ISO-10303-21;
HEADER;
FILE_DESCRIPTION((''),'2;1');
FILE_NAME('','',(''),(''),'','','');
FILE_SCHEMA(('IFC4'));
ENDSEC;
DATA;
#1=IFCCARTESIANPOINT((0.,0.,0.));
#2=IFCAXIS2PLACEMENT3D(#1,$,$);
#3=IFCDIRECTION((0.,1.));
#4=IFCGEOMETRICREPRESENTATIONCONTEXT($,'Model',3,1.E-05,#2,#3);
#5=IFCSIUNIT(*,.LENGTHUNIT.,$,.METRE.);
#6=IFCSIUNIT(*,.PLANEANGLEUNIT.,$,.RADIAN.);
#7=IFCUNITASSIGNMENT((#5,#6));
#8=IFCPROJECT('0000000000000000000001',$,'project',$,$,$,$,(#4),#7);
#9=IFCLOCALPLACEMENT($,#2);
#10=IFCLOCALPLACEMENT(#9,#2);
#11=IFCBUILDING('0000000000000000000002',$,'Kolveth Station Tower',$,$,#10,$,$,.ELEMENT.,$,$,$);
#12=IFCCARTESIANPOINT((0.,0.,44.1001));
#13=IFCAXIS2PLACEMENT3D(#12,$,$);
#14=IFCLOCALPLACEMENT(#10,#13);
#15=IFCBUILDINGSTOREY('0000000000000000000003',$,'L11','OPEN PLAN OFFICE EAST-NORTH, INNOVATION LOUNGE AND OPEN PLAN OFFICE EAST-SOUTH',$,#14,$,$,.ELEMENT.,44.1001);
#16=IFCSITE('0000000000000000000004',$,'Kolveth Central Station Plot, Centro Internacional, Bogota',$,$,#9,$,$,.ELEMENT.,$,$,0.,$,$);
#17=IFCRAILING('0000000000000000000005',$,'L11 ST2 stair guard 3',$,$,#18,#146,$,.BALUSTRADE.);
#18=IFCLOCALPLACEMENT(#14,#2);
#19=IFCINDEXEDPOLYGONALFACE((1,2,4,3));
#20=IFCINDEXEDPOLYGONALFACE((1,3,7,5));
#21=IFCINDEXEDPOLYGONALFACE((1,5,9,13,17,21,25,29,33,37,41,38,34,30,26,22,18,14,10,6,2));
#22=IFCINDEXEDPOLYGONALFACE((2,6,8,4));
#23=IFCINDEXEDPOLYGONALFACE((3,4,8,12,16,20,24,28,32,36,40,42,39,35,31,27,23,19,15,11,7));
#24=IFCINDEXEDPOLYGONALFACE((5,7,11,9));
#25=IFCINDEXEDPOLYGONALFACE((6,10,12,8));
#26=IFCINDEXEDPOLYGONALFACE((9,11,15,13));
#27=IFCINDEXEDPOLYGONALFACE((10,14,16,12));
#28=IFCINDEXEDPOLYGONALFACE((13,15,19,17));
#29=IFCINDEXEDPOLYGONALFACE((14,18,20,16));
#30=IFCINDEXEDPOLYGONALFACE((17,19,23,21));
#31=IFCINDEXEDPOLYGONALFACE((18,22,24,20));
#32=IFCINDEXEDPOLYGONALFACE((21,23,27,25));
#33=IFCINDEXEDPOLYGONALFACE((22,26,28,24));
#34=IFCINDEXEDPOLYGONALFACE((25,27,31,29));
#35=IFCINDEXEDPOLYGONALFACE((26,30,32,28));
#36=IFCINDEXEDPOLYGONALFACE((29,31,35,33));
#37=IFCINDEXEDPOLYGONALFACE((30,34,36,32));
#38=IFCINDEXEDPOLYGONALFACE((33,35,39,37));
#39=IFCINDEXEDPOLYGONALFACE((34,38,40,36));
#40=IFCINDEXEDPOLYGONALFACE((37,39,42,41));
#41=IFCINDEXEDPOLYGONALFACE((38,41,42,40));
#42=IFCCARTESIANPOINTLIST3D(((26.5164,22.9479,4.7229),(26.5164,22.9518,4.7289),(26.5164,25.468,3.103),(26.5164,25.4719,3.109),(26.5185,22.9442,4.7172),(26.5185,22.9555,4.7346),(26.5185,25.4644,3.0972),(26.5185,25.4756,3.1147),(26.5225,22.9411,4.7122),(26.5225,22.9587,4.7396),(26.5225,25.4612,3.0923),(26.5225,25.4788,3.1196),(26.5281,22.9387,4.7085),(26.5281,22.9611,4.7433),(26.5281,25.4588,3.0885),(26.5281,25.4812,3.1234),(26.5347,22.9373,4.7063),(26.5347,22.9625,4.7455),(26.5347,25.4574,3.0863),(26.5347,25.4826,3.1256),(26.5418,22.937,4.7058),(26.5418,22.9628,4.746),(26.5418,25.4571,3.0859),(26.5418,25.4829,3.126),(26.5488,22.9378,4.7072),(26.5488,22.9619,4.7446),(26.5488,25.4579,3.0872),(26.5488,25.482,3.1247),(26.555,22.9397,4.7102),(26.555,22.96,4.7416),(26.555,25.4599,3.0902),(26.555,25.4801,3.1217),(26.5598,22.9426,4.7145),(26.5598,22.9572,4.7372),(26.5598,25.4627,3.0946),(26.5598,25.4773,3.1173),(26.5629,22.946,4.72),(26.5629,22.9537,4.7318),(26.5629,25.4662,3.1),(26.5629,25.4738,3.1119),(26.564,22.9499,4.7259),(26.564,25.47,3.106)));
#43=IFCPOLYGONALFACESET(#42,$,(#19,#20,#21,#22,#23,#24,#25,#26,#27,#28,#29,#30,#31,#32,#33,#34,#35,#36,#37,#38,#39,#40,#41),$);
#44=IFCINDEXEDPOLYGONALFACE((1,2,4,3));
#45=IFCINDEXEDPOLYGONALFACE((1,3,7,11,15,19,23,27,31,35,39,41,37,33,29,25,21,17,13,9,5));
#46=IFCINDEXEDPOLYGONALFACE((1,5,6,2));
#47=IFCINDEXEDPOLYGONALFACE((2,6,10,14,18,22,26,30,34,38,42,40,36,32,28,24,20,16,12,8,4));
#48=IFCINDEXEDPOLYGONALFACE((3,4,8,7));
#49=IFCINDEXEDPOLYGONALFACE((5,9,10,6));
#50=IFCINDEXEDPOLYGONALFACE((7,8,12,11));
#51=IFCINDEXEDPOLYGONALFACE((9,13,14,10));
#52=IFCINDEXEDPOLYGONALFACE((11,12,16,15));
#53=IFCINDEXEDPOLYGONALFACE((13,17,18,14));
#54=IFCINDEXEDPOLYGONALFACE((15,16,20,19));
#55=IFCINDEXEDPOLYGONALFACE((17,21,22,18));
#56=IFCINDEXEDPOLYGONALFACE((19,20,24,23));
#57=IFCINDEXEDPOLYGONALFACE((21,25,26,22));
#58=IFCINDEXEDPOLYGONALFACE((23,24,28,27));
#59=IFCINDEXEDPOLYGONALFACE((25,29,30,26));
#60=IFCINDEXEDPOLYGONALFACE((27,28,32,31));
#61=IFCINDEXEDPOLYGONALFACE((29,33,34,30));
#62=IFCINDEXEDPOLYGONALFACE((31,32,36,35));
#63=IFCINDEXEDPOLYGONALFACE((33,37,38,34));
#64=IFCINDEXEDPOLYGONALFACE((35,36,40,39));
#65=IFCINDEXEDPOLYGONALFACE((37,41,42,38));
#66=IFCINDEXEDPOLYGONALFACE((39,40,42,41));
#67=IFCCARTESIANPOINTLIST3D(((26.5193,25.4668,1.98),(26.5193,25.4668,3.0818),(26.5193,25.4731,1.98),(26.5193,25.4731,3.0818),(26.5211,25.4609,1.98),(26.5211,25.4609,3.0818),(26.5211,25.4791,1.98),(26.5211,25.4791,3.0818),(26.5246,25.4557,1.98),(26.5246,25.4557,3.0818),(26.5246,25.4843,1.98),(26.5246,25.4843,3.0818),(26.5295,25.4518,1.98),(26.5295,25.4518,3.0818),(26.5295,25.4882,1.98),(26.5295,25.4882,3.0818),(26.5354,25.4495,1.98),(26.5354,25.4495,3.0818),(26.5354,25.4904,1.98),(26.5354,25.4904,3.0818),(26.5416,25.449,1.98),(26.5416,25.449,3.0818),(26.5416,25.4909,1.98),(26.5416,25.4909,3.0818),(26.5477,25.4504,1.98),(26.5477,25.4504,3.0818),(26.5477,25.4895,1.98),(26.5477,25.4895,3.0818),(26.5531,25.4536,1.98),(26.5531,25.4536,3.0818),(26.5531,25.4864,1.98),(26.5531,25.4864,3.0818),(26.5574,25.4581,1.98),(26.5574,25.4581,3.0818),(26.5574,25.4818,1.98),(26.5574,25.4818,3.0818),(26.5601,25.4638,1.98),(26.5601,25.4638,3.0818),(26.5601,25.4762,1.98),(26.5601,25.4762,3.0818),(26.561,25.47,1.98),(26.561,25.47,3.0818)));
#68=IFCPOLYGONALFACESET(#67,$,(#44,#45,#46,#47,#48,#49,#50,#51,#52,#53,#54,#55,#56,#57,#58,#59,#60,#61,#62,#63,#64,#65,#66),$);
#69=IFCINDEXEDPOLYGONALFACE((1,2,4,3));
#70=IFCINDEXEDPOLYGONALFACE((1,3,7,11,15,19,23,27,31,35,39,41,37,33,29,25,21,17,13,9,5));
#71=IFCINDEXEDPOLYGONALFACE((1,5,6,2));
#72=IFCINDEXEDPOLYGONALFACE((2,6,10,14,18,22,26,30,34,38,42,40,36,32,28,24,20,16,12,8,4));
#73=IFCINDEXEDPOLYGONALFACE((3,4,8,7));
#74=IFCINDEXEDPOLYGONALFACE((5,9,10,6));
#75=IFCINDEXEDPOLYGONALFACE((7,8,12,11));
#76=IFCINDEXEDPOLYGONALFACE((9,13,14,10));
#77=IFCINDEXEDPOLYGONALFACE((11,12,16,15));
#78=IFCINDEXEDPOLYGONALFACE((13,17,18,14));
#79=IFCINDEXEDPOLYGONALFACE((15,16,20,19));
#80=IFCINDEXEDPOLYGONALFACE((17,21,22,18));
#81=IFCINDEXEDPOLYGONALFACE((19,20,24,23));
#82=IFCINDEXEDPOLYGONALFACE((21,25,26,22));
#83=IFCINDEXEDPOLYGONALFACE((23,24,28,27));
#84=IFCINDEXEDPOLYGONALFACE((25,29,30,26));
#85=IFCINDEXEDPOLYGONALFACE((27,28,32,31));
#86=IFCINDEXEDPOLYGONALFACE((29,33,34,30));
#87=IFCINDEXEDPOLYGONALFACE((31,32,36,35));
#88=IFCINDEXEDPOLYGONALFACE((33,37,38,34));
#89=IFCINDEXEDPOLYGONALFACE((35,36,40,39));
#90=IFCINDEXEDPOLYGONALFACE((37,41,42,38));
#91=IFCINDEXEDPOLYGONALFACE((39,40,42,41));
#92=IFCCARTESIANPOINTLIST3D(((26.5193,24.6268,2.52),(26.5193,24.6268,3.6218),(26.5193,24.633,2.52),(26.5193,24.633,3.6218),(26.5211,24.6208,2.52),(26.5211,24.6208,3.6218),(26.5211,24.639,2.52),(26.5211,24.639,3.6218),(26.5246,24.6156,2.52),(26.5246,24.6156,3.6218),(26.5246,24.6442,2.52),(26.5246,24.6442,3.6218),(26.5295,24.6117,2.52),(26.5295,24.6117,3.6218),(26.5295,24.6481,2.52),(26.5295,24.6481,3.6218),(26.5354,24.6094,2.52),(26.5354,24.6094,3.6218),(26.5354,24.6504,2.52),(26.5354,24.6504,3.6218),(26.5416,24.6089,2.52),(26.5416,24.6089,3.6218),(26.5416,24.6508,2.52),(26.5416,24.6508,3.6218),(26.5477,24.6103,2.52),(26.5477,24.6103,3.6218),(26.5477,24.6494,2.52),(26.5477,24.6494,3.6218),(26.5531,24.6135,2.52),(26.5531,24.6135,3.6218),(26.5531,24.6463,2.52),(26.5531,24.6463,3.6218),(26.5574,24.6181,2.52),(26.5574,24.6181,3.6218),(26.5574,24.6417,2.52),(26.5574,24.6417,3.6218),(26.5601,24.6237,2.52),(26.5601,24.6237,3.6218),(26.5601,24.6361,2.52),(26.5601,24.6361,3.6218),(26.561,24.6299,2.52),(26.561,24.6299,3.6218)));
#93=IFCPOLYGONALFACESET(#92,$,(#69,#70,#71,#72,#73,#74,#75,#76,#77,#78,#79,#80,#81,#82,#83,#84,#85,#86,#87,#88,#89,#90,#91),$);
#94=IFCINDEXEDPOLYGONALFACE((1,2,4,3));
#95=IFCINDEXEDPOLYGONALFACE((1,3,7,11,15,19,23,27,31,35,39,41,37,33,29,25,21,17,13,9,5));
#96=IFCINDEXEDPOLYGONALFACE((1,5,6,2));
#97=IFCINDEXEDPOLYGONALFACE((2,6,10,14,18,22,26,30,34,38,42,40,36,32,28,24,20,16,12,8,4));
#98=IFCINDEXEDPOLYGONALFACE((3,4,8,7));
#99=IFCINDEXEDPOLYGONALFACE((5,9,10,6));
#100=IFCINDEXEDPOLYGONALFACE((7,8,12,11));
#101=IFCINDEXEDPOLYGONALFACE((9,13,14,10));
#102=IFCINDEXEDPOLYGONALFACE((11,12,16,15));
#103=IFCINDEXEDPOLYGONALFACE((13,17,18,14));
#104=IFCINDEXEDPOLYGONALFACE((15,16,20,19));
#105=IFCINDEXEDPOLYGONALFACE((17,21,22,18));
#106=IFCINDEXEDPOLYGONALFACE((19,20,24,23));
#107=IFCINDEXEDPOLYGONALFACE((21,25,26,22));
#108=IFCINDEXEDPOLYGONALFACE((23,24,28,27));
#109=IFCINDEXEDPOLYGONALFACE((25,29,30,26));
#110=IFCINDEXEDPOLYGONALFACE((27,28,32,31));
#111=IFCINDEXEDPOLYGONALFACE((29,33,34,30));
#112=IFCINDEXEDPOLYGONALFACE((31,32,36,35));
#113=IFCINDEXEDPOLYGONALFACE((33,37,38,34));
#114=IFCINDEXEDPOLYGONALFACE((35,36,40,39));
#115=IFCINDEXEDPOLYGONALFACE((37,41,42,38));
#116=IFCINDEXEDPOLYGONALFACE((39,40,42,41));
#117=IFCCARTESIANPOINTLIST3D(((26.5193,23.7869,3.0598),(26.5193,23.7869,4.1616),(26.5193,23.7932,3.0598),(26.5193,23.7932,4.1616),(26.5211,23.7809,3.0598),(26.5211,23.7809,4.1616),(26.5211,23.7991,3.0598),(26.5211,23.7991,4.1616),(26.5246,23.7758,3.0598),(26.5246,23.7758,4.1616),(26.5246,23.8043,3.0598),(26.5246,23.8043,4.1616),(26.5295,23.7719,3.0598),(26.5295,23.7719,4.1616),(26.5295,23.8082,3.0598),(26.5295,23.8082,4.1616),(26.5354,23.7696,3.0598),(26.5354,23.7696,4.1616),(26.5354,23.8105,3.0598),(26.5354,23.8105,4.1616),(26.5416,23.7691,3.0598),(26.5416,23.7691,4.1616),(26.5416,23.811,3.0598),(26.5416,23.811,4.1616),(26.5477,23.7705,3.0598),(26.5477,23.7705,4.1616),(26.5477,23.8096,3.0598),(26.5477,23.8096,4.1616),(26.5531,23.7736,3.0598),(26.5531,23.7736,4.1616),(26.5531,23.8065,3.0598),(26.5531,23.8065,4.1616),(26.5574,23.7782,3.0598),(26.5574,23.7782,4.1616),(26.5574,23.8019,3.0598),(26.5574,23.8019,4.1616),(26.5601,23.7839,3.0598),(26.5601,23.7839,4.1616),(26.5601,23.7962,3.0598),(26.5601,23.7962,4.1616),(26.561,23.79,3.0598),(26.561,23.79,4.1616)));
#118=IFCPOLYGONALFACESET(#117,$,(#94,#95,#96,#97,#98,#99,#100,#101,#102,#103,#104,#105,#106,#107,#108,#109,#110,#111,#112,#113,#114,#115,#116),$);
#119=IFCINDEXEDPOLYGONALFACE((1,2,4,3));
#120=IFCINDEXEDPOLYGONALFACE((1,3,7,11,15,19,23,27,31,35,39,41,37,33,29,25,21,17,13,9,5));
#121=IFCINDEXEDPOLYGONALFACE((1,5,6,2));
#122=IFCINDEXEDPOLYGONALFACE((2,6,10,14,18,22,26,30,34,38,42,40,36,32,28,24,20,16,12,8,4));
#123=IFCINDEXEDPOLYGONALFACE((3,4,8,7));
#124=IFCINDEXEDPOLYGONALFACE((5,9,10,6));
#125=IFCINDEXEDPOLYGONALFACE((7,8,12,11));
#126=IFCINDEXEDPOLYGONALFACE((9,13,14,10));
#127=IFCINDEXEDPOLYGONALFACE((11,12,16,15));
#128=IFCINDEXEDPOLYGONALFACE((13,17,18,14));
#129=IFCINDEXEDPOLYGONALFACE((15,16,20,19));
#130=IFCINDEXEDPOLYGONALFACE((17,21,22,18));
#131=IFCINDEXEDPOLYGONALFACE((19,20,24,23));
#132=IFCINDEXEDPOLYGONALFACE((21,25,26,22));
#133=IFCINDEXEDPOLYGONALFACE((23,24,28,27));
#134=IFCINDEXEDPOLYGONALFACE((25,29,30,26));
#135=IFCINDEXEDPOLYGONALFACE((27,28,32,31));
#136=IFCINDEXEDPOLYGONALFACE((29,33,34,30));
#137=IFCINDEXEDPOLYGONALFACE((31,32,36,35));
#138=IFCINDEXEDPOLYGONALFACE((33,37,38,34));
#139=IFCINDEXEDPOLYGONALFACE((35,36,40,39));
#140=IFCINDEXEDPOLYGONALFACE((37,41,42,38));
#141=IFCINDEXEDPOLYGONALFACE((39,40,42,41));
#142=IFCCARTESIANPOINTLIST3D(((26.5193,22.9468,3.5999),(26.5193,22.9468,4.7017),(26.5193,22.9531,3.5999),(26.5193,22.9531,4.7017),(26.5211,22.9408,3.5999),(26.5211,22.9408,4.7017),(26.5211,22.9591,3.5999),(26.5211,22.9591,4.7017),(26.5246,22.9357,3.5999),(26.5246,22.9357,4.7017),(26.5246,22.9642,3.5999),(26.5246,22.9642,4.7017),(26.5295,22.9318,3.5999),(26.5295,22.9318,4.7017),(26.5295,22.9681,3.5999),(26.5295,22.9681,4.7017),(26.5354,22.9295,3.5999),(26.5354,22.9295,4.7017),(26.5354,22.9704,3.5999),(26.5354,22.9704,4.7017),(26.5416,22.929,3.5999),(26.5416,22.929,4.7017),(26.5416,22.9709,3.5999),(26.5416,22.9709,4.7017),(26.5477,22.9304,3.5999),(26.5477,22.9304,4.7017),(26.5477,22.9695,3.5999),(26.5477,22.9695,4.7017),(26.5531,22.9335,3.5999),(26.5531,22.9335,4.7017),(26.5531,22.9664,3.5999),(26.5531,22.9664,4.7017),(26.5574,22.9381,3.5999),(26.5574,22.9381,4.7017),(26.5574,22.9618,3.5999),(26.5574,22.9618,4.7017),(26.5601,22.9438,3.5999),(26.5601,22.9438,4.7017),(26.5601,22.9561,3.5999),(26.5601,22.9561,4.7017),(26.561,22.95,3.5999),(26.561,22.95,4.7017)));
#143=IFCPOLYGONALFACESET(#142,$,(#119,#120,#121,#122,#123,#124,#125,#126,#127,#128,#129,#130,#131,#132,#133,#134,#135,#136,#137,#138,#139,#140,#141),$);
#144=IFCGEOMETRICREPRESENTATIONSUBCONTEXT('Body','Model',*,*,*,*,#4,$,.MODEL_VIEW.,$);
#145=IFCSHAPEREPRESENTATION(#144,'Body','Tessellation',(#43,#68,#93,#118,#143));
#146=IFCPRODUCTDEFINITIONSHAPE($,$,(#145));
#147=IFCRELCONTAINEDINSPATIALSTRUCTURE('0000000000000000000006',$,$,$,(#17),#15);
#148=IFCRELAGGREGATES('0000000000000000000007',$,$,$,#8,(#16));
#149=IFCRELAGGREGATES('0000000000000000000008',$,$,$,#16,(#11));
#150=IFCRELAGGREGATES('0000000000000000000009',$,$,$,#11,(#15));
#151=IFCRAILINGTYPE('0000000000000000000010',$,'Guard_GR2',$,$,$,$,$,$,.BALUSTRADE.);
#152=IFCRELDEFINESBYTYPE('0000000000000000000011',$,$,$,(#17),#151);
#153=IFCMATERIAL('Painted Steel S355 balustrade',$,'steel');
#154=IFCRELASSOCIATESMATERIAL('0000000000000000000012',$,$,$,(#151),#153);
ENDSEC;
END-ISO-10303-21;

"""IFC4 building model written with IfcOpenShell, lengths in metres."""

from ifc_helpers import new_model, si_unit, direction, frame, origin, origin_2d, place, context, subcontext, project, spatial, circle, extrude, material, type_object, element, save


model = new_model("IFC4")

# Units and contexts
model_context = context("Model", 3, precision=1e-05, world=origin(), true_north=direction((0.0, 1.0)))
body_context = subcontext(model_context, "Body", "Model", "MODEL_VIEW")
ifc_project = project(units=[si_unit("LENGTHUNIT", "METRE"), si_unit("PLANEANGLEUNIT", "RADIAN")], contexts=[model_context])

# Site, building, storey
site_placement = place(None, origin())
site = spatial("IfcSite", under=ifc_project, at=site_placement, Name="Kolveth Central Station Plot, Centro Internacional, Bogota", CompositionType="ELEMENT", RefElevation=0.0)
building_placement = place(site_placement, origin())
building = spatial("IfcBuilding", under=site, at=building_placement, Name="Kolveth Station Tower", CompositionType="ELEMENT")
storey_placement = place(building_placement, frame((0.0, 0.0, 44.1001)))
storey = spatial("IfcBuildingStorey", under=building, at=storey_placement, Name="L11", Description="OPEN PLAN OFFICE EAST-NORTH, INNOVATION LOUNGE AND OPEN PLAN OFFICE EAST-SOUTH", CompositionType="ELEMENT", Elevation=44.1001)

# Railing
ifc_material_1 = material(Name="Painted Steel S355 balustrade", Category="steel")
railing_type_1 = type_object("IfcRailingType", Name="Guard_GR2", PredefinedType="BALUSTRADE", material=ifc_material_1)
railing_1_placement = place(storey_placement, frame((26.54, 25.47, 1.98)))
element("IfcRailing", 1, at=railing_1_placement, inside=storey, type_object=railing_type_1, Name="L11 ST2 stair guard 3", PredefinedType="BALUSTRADE", context=body_context, shape_type="SweptSolid", body=[
    extrude(circle(Radius=0.0239, at=origin_2d()), frame((0.0, 0.0, 1.126), z_axis=(0.0, -0.8412, 0.540725), x_axis=(1.0, 0.0, 0.0)), (0.0, 0.0, 1.0), 2.9958),
    extrude(circle(Radius=0.021, at=origin_2d()), origin(), (0.0, 0.0, 1.0), 1.1018),
    extrude(circle(Radius=0.021, at=origin_2d()), frame((0.0, -0.8401, 0.54)), (0.0, 0.0, 1.0), 1.1018),
    extrude(circle(Radius=0.021, at=origin_2d()), frame((0.0, -1.6799, 1.0798)), (0.0, 0.0, 1.0), 1.1018),
    extrude(circle(Radius=0.021, at=origin_2d()), frame((0.0, -2.52, 1.6199)), (0.0, 0.0, 1.0), 1.1018),
])

save(model, "model.ifc")
